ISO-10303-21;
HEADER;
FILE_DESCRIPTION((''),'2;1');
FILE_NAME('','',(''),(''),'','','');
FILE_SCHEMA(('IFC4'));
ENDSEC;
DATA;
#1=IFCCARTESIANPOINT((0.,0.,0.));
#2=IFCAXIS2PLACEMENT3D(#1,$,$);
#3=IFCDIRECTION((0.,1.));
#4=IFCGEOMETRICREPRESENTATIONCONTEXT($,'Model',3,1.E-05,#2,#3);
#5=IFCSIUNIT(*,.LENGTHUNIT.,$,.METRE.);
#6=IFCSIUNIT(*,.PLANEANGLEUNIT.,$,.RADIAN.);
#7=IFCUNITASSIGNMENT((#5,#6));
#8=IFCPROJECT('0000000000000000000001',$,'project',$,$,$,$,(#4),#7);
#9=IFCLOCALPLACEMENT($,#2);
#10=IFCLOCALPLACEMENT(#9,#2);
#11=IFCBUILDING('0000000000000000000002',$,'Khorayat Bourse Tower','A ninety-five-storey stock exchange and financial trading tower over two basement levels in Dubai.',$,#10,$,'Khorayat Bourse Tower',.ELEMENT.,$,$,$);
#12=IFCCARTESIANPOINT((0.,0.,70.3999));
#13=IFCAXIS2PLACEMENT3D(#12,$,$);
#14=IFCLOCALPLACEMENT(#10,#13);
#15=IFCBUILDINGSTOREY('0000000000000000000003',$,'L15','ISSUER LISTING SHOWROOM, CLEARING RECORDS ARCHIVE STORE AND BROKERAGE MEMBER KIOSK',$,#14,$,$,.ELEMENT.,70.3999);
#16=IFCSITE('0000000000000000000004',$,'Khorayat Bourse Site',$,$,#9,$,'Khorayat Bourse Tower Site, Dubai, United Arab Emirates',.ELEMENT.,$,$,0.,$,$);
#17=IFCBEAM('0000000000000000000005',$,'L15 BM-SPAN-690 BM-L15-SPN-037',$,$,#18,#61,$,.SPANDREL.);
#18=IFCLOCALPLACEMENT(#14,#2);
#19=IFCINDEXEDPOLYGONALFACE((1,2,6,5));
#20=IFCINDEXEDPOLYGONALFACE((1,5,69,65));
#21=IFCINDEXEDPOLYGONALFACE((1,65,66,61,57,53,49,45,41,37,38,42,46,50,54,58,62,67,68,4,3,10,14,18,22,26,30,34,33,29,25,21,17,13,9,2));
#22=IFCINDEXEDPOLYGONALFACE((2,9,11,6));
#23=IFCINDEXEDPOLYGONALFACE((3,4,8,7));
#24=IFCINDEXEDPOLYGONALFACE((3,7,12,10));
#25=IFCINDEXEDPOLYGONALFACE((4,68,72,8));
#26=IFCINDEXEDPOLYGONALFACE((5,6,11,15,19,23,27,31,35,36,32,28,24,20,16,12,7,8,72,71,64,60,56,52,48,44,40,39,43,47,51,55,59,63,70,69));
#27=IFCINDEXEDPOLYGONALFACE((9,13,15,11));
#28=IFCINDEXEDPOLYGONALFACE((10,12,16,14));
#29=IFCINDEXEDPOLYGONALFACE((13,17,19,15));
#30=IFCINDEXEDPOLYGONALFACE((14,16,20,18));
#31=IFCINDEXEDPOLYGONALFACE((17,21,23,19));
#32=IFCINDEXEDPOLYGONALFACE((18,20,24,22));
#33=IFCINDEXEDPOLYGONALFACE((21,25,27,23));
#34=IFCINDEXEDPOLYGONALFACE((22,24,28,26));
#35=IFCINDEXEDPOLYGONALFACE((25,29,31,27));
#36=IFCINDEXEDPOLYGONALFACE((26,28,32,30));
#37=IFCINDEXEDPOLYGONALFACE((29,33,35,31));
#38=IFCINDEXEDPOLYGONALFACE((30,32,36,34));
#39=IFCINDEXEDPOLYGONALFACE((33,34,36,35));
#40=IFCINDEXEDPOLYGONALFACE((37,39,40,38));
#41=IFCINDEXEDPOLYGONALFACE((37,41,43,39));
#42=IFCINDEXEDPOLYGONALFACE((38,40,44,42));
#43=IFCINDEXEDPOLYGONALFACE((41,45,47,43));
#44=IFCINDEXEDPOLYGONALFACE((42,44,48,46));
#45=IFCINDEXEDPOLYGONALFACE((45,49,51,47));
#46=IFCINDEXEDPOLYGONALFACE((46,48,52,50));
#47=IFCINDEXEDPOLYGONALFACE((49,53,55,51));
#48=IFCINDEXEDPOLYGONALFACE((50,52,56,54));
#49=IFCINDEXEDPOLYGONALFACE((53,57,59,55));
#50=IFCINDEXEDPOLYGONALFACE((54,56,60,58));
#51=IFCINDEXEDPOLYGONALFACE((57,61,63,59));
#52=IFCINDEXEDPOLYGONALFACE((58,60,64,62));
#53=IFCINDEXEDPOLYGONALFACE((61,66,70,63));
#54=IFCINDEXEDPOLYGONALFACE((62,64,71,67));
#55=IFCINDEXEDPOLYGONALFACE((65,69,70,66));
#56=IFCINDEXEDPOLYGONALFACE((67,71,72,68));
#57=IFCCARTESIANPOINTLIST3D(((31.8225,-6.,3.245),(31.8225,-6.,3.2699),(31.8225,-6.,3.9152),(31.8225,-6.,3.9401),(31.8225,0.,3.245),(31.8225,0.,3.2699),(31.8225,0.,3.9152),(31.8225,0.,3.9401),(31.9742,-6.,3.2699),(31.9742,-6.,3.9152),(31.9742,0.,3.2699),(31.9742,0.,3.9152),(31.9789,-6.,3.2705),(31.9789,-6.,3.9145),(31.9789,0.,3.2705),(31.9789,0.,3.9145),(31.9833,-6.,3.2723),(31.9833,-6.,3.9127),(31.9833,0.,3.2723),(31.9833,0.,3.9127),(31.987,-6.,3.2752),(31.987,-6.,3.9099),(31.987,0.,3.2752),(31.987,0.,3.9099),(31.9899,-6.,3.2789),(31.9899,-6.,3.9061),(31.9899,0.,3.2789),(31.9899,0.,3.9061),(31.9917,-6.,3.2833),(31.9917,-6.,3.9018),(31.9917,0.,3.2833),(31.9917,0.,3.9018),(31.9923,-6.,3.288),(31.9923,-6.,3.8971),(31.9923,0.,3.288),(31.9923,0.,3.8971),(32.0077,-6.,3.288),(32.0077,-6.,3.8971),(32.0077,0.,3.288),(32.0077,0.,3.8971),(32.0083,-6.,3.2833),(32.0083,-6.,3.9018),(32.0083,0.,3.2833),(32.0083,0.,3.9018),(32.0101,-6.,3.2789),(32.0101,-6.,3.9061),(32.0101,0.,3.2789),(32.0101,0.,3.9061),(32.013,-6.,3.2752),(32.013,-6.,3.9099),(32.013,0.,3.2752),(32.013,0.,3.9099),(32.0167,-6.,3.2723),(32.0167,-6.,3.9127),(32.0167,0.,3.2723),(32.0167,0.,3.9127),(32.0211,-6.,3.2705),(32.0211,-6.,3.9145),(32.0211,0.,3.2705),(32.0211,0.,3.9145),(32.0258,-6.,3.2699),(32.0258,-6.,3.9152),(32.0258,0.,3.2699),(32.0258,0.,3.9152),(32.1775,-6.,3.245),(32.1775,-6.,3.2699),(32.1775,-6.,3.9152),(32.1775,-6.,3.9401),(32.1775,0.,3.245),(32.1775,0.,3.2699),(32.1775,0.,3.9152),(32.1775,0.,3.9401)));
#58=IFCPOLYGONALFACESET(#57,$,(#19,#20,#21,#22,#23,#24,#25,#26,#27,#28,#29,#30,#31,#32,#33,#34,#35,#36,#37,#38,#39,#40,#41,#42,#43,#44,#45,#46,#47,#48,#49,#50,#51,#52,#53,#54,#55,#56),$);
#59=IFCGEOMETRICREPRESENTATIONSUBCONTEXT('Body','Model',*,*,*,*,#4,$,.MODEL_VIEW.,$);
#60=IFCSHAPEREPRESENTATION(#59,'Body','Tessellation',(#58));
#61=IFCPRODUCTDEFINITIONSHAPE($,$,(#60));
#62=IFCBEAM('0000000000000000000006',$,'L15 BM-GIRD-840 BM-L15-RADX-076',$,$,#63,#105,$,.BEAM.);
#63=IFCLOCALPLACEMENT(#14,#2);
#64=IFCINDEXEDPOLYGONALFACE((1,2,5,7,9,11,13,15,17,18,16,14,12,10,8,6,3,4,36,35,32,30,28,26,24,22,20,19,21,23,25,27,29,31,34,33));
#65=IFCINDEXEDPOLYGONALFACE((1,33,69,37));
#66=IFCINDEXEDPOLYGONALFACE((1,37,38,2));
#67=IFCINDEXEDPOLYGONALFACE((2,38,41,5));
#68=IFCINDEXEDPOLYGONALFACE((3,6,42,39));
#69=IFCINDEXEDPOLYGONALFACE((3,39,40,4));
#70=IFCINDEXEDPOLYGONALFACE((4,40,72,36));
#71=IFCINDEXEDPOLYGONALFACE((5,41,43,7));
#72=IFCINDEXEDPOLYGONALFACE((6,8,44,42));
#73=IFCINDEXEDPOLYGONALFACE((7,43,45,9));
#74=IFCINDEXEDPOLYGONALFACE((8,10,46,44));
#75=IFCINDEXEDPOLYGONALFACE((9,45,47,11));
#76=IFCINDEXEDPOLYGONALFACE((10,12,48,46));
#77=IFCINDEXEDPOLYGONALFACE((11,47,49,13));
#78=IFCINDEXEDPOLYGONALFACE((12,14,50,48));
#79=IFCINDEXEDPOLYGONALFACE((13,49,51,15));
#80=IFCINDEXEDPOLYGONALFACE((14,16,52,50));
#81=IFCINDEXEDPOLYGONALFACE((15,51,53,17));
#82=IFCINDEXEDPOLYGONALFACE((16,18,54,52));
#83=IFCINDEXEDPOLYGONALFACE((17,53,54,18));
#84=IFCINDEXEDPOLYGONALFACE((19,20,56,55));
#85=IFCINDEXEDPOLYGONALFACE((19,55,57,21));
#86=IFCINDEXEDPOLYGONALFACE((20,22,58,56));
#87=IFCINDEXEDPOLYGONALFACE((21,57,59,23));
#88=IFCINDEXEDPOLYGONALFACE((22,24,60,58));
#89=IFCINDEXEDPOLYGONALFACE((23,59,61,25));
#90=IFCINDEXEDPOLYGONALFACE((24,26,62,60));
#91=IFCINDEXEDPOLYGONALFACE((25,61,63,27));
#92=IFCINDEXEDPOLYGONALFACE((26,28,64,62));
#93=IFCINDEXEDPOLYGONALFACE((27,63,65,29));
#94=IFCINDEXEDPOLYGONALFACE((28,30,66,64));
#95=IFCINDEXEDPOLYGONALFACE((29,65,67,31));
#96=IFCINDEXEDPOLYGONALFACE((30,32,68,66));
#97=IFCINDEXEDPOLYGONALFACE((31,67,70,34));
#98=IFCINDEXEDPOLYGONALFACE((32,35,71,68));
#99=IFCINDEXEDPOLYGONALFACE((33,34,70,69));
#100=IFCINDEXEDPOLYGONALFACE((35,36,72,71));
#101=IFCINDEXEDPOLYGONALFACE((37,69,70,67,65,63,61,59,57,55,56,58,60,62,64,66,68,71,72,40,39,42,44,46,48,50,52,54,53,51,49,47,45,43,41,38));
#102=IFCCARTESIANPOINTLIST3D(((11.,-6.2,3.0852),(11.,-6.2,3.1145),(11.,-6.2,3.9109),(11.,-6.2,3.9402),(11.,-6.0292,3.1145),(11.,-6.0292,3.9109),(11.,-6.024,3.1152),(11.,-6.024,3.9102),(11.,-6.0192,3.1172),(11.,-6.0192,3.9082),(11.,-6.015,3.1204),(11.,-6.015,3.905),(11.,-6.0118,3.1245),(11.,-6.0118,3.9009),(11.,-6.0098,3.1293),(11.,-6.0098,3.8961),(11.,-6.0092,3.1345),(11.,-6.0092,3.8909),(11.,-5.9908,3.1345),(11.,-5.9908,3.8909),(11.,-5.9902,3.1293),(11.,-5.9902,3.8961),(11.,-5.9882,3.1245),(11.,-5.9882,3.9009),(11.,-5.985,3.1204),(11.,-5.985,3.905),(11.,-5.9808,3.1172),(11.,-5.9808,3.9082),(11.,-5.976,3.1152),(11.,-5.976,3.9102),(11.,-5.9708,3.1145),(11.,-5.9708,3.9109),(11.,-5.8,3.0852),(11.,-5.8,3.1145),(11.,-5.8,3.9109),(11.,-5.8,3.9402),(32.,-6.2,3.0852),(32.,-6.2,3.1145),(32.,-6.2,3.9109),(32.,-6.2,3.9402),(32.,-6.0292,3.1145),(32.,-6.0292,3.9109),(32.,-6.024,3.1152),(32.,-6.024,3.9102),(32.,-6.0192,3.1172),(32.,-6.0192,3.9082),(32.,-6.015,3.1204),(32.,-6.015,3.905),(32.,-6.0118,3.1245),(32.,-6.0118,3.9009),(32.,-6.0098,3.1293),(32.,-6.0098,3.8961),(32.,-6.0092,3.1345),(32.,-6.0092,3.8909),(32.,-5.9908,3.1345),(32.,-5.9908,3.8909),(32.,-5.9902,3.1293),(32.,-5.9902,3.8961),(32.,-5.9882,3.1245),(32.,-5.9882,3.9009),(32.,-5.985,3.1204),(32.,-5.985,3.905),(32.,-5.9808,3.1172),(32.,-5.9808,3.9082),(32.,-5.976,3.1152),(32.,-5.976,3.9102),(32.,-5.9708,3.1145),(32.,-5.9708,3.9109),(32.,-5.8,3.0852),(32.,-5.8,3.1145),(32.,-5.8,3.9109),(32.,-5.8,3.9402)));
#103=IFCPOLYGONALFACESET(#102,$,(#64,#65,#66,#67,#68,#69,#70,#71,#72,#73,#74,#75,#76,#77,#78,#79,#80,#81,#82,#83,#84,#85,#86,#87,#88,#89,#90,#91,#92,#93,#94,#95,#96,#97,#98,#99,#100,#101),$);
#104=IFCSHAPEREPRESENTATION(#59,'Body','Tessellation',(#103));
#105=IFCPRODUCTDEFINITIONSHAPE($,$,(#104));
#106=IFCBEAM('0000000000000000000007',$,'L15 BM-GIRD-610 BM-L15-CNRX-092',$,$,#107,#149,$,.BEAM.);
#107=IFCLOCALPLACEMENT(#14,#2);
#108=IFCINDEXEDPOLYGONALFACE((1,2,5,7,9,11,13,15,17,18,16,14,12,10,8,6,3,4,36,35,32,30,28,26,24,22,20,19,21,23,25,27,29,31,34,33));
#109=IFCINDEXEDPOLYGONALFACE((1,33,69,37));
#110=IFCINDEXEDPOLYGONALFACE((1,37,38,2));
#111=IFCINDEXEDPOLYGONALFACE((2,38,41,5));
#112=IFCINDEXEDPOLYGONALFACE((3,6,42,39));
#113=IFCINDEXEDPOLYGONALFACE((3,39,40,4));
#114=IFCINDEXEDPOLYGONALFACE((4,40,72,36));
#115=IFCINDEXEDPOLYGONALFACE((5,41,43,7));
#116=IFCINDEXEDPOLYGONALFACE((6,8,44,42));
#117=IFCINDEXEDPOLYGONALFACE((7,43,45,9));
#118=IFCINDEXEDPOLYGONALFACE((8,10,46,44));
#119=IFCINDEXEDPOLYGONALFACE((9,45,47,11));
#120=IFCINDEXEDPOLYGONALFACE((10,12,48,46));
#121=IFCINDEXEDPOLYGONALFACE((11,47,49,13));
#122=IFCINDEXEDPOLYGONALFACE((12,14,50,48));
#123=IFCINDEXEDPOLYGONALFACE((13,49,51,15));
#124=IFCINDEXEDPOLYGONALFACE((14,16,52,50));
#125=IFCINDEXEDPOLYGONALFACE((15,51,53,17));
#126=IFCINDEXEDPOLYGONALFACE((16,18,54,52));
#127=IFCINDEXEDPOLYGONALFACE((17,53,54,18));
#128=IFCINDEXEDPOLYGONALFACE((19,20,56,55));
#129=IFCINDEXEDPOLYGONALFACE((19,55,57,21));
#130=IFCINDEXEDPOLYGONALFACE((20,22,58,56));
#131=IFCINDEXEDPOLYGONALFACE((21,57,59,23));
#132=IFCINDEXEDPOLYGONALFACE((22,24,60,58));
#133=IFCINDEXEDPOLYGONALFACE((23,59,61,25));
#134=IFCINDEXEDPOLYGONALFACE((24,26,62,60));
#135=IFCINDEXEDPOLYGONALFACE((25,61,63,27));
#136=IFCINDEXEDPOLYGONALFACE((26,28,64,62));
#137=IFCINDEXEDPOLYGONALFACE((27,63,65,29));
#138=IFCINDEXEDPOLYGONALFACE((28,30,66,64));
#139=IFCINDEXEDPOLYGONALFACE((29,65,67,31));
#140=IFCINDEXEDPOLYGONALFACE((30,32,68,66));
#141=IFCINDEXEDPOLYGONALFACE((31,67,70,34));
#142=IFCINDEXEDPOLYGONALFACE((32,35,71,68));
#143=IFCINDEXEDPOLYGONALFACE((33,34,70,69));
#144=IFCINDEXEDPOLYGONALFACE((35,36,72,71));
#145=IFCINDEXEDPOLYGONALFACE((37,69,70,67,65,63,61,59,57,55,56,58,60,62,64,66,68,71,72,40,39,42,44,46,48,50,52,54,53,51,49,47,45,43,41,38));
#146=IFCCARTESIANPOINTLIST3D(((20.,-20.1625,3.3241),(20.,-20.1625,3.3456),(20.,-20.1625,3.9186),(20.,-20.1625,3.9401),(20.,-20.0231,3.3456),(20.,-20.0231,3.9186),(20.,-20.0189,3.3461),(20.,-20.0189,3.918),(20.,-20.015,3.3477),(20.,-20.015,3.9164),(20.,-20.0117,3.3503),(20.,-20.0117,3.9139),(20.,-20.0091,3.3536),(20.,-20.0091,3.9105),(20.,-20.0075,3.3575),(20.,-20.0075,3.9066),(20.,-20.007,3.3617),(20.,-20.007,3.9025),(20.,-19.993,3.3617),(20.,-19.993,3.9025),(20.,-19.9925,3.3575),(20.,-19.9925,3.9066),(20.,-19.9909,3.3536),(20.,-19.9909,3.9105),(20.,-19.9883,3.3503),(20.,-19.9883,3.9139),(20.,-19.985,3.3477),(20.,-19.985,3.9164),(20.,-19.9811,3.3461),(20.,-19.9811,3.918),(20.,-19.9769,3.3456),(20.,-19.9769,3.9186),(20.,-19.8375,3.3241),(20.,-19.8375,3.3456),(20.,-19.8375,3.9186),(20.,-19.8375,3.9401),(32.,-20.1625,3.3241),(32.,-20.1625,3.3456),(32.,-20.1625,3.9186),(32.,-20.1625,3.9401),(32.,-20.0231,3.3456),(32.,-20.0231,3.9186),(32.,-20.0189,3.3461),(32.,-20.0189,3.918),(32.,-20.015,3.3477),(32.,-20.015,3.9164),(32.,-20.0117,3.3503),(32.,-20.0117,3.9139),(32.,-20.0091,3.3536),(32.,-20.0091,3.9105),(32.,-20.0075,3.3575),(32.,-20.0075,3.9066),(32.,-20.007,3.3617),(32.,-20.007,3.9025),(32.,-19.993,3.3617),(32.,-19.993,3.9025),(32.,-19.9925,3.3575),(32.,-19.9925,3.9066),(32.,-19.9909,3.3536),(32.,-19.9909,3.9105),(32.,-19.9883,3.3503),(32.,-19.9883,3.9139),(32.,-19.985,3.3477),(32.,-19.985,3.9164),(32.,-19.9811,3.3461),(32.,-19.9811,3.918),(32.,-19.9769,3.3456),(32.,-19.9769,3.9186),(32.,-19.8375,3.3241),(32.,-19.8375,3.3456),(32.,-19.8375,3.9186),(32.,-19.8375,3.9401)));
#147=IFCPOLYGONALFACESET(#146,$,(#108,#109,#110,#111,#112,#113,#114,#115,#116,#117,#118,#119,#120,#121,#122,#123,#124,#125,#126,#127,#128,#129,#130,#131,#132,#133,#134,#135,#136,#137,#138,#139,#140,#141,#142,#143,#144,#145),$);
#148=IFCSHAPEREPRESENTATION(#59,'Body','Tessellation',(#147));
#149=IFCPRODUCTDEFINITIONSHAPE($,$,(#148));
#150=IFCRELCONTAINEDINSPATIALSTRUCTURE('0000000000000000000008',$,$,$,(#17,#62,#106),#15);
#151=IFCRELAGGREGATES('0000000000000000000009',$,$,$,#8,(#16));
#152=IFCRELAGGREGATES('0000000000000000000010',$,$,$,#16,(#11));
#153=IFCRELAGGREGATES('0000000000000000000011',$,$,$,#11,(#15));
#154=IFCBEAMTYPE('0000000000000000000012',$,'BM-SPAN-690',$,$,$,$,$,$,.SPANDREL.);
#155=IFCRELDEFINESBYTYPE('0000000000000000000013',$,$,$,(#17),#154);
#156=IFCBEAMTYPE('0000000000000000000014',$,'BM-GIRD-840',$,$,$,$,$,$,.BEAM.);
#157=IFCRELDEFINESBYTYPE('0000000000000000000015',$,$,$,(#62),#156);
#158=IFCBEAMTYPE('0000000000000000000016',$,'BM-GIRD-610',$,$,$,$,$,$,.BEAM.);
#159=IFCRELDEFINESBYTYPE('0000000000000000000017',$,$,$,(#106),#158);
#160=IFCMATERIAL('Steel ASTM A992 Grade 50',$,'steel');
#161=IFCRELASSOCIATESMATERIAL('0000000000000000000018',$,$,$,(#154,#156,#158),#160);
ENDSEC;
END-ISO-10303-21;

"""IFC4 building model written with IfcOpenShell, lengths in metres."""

from ifc_helpers import new_model, si_unit, direction, frame, origin, origin_2d, place, context, subcontext, project, spatial, i_section, extrude, source, transform, mapped, material, material_profile, profile_set, type_object, element, save


model = new_model("IFC4")

# Units and contexts
model_context = context("Model", 3, precision=1e-05, world=origin(), true_north=direction((0.0, 1.0)))
body_context = subcontext(model_context, "Body", "Model", "MODEL_VIEW")
ifc_project = project(units=[si_unit("LENGTHUNIT", "METRE"), si_unit("PLANEANGLEUNIT", "RADIAN")], contexts=[model_context])

# Site, building, storey
site_placement = place(None, origin())
site = spatial("IfcSite", under=ifc_project, at=site_placement, Name="Khorayat Bourse Site", LongName="Khorayat Bourse Tower Site, Dubai, United Arab Emirates", CompositionType="ELEMENT", RefElevation=0.0)
building_placement = place(site_placement, origin())
building = spatial("IfcBuilding", under=site, at=building_placement, Name="Khorayat Bourse Tower", Description="A ninety-five-storey stock exchange and financial trading tower over two basement levels in Dubai.", LongName="Khorayat Bourse Tower", CompositionType="ELEMENT")
storey_placement = place(building_placement, frame((0.0, 0.0, 70.3999)))
storey = spatial("IfcBuildingStorey", under=building, at=storey_placement, Name="L15", Description="ISSUER LISTING SHOWROOM, CLEARING RECORDS ARCHIVE STORE AND BROKERAGE MEMBER KIOSK", CompositionType="ELEMENT", Elevation=70.3999)

# Beams
ifc_material_1 = material(Name="Steel ASTM A992 Grade 50", Category="steel")
ifc_material_profile_1 = material_profile(ifc_material_1, i_section(OverallWidth=0.355, OverallDepth=0.6951, WebThickness=0.0154, FlangeThickness=0.0249, FilletRadius=0.0181, at=origin_2d()), Name="W690X217")
ifc_profile_set_1 = profile_set([ifc_material_profile_1], Name="Steel ASTM A992 Grade 50")
beam_type_1 = type_object("IfcBeamType", Name="BM-SPAN-690", PredefinedType="SPANDREL", material=ifc_profile_set_1)
shared_shape_1 = source(origin(), body_context, "Body", "SweptSolid", [
    extrude(i_section(OverallWidth=0.355, OverallDepth=0.6951, WebThickness=0.0154, FlangeThickness=0.0249, FilletRadius=0.0181, at=origin_2d()), origin(), (0.0, 0.0, 1.0), 6.0),
])
beam_1_placement = place(storey_placement, frame((32.0, -6.0, 3.5925), z_axis=(0.0, 1.0, 0.0), x_axis=(-1.0, 0.0, 0.0)))
element("IfcBeam", 1, at=beam_1_placement, inside=storey, type_object=beam_type_1, Name="L15 BM-SPAN-690 BM-L15-SPN-037", PredefinedType="SPANDREL", context=body_context, shape_type="MappedRepresentation", body=[
    mapped(shared_shape_1, transform((0.0, 0.0, 0.0), scale=1.0)),
])
ifc_material_profile_2 = material_profile(ifc_material_1, i_section(OverallWidth=0.3999, OverallDepth=0.855, WebThickness=0.0183, FlangeThickness=0.0293, FilletRadius=0.02, at=origin_2d()), Name="W840X299")
ifc_profile_set_2 = profile_set([ifc_material_profile_2], Name="Steel ASTM A992 Grade 50")
beam_type_2 = type_object("IfcBeamType", Name="BM-GIRD-840", PredefinedType="BEAM", material=ifc_profile_set_2)
shared_shape_2 = source(origin(), body_context, "Body", "SweptSolid", [
    extrude(i_section(OverallWidth=0.3999, OverallDepth=0.855, WebThickness=0.0183, FlangeThickness=0.0293, FilletRadius=0.02, at=origin_2d()), origin(), (0.0, 0.0, 1.0), 21.0),
])
beam_2_placement = place(storey_placement, frame((11.0, -6.0, 3.5127), z_axis=(1.0, 0.0, 0.0), x_axis=(0.0, 1.0, 0.0)))
element("IfcBeam", 2, at=beam_2_placement, inside=storey, type_object=beam_type_2, Name="L15 BM-GIRD-840 BM-L15-RADX-076", PredefinedType="BEAM", context=body_context, shape_type="MappedRepresentation", body=[
    mapped(shared_shape_2, transform((0.0, 0.0, 0.0), scale=1.0)),
])
ifc_material_profile_3 = material_profile(ifc_material_1, i_section(OverallWidth=0.325, OverallDepth=0.616, WebThickness=0.0139, FlangeThickness=0.0215, FilletRadius=0.0161, at=origin_2d()), Name="W610X174")
ifc_profile_set_3 = profile_set([ifc_material_profile_3], Name="Steel ASTM A992 Grade 50")
beam_type_3 = type_object("IfcBeamType", Name="BM-GIRD-610", PredefinedType="BEAM", material=ifc_profile_set_3)
shared_shape_3 = source(origin(), body_context, "Body", "SweptSolid", [
    extrude(i_section(OverallWidth=0.325, OverallDepth=0.616, WebThickness=0.0139, FlangeThickness=0.0215, FilletRadius=0.0161, at=origin_2d()), origin(), (0.0, 0.0, 1.0), 12.0),
])
beam_3_placement = place(storey_placement, frame((20.0, -20.0, 3.6321), z_axis=(1.0, 0.0, 0.0), x_axis=(0.0, 1.0, 0.0)))
element("IfcBeam", 3, at=beam_3_placement, inside=storey, type_object=beam_type_3, Name="L15 BM-GIRD-610 BM-L15-CNRX-092", PredefinedType="BEAM", context=body_context, shape_type="MappedRepresentation", body=[
    mapped(shared_shape_3, transform((0.0, 0.0, 0.0), scale=1.0)),
])

save(model, "model.ifc")
